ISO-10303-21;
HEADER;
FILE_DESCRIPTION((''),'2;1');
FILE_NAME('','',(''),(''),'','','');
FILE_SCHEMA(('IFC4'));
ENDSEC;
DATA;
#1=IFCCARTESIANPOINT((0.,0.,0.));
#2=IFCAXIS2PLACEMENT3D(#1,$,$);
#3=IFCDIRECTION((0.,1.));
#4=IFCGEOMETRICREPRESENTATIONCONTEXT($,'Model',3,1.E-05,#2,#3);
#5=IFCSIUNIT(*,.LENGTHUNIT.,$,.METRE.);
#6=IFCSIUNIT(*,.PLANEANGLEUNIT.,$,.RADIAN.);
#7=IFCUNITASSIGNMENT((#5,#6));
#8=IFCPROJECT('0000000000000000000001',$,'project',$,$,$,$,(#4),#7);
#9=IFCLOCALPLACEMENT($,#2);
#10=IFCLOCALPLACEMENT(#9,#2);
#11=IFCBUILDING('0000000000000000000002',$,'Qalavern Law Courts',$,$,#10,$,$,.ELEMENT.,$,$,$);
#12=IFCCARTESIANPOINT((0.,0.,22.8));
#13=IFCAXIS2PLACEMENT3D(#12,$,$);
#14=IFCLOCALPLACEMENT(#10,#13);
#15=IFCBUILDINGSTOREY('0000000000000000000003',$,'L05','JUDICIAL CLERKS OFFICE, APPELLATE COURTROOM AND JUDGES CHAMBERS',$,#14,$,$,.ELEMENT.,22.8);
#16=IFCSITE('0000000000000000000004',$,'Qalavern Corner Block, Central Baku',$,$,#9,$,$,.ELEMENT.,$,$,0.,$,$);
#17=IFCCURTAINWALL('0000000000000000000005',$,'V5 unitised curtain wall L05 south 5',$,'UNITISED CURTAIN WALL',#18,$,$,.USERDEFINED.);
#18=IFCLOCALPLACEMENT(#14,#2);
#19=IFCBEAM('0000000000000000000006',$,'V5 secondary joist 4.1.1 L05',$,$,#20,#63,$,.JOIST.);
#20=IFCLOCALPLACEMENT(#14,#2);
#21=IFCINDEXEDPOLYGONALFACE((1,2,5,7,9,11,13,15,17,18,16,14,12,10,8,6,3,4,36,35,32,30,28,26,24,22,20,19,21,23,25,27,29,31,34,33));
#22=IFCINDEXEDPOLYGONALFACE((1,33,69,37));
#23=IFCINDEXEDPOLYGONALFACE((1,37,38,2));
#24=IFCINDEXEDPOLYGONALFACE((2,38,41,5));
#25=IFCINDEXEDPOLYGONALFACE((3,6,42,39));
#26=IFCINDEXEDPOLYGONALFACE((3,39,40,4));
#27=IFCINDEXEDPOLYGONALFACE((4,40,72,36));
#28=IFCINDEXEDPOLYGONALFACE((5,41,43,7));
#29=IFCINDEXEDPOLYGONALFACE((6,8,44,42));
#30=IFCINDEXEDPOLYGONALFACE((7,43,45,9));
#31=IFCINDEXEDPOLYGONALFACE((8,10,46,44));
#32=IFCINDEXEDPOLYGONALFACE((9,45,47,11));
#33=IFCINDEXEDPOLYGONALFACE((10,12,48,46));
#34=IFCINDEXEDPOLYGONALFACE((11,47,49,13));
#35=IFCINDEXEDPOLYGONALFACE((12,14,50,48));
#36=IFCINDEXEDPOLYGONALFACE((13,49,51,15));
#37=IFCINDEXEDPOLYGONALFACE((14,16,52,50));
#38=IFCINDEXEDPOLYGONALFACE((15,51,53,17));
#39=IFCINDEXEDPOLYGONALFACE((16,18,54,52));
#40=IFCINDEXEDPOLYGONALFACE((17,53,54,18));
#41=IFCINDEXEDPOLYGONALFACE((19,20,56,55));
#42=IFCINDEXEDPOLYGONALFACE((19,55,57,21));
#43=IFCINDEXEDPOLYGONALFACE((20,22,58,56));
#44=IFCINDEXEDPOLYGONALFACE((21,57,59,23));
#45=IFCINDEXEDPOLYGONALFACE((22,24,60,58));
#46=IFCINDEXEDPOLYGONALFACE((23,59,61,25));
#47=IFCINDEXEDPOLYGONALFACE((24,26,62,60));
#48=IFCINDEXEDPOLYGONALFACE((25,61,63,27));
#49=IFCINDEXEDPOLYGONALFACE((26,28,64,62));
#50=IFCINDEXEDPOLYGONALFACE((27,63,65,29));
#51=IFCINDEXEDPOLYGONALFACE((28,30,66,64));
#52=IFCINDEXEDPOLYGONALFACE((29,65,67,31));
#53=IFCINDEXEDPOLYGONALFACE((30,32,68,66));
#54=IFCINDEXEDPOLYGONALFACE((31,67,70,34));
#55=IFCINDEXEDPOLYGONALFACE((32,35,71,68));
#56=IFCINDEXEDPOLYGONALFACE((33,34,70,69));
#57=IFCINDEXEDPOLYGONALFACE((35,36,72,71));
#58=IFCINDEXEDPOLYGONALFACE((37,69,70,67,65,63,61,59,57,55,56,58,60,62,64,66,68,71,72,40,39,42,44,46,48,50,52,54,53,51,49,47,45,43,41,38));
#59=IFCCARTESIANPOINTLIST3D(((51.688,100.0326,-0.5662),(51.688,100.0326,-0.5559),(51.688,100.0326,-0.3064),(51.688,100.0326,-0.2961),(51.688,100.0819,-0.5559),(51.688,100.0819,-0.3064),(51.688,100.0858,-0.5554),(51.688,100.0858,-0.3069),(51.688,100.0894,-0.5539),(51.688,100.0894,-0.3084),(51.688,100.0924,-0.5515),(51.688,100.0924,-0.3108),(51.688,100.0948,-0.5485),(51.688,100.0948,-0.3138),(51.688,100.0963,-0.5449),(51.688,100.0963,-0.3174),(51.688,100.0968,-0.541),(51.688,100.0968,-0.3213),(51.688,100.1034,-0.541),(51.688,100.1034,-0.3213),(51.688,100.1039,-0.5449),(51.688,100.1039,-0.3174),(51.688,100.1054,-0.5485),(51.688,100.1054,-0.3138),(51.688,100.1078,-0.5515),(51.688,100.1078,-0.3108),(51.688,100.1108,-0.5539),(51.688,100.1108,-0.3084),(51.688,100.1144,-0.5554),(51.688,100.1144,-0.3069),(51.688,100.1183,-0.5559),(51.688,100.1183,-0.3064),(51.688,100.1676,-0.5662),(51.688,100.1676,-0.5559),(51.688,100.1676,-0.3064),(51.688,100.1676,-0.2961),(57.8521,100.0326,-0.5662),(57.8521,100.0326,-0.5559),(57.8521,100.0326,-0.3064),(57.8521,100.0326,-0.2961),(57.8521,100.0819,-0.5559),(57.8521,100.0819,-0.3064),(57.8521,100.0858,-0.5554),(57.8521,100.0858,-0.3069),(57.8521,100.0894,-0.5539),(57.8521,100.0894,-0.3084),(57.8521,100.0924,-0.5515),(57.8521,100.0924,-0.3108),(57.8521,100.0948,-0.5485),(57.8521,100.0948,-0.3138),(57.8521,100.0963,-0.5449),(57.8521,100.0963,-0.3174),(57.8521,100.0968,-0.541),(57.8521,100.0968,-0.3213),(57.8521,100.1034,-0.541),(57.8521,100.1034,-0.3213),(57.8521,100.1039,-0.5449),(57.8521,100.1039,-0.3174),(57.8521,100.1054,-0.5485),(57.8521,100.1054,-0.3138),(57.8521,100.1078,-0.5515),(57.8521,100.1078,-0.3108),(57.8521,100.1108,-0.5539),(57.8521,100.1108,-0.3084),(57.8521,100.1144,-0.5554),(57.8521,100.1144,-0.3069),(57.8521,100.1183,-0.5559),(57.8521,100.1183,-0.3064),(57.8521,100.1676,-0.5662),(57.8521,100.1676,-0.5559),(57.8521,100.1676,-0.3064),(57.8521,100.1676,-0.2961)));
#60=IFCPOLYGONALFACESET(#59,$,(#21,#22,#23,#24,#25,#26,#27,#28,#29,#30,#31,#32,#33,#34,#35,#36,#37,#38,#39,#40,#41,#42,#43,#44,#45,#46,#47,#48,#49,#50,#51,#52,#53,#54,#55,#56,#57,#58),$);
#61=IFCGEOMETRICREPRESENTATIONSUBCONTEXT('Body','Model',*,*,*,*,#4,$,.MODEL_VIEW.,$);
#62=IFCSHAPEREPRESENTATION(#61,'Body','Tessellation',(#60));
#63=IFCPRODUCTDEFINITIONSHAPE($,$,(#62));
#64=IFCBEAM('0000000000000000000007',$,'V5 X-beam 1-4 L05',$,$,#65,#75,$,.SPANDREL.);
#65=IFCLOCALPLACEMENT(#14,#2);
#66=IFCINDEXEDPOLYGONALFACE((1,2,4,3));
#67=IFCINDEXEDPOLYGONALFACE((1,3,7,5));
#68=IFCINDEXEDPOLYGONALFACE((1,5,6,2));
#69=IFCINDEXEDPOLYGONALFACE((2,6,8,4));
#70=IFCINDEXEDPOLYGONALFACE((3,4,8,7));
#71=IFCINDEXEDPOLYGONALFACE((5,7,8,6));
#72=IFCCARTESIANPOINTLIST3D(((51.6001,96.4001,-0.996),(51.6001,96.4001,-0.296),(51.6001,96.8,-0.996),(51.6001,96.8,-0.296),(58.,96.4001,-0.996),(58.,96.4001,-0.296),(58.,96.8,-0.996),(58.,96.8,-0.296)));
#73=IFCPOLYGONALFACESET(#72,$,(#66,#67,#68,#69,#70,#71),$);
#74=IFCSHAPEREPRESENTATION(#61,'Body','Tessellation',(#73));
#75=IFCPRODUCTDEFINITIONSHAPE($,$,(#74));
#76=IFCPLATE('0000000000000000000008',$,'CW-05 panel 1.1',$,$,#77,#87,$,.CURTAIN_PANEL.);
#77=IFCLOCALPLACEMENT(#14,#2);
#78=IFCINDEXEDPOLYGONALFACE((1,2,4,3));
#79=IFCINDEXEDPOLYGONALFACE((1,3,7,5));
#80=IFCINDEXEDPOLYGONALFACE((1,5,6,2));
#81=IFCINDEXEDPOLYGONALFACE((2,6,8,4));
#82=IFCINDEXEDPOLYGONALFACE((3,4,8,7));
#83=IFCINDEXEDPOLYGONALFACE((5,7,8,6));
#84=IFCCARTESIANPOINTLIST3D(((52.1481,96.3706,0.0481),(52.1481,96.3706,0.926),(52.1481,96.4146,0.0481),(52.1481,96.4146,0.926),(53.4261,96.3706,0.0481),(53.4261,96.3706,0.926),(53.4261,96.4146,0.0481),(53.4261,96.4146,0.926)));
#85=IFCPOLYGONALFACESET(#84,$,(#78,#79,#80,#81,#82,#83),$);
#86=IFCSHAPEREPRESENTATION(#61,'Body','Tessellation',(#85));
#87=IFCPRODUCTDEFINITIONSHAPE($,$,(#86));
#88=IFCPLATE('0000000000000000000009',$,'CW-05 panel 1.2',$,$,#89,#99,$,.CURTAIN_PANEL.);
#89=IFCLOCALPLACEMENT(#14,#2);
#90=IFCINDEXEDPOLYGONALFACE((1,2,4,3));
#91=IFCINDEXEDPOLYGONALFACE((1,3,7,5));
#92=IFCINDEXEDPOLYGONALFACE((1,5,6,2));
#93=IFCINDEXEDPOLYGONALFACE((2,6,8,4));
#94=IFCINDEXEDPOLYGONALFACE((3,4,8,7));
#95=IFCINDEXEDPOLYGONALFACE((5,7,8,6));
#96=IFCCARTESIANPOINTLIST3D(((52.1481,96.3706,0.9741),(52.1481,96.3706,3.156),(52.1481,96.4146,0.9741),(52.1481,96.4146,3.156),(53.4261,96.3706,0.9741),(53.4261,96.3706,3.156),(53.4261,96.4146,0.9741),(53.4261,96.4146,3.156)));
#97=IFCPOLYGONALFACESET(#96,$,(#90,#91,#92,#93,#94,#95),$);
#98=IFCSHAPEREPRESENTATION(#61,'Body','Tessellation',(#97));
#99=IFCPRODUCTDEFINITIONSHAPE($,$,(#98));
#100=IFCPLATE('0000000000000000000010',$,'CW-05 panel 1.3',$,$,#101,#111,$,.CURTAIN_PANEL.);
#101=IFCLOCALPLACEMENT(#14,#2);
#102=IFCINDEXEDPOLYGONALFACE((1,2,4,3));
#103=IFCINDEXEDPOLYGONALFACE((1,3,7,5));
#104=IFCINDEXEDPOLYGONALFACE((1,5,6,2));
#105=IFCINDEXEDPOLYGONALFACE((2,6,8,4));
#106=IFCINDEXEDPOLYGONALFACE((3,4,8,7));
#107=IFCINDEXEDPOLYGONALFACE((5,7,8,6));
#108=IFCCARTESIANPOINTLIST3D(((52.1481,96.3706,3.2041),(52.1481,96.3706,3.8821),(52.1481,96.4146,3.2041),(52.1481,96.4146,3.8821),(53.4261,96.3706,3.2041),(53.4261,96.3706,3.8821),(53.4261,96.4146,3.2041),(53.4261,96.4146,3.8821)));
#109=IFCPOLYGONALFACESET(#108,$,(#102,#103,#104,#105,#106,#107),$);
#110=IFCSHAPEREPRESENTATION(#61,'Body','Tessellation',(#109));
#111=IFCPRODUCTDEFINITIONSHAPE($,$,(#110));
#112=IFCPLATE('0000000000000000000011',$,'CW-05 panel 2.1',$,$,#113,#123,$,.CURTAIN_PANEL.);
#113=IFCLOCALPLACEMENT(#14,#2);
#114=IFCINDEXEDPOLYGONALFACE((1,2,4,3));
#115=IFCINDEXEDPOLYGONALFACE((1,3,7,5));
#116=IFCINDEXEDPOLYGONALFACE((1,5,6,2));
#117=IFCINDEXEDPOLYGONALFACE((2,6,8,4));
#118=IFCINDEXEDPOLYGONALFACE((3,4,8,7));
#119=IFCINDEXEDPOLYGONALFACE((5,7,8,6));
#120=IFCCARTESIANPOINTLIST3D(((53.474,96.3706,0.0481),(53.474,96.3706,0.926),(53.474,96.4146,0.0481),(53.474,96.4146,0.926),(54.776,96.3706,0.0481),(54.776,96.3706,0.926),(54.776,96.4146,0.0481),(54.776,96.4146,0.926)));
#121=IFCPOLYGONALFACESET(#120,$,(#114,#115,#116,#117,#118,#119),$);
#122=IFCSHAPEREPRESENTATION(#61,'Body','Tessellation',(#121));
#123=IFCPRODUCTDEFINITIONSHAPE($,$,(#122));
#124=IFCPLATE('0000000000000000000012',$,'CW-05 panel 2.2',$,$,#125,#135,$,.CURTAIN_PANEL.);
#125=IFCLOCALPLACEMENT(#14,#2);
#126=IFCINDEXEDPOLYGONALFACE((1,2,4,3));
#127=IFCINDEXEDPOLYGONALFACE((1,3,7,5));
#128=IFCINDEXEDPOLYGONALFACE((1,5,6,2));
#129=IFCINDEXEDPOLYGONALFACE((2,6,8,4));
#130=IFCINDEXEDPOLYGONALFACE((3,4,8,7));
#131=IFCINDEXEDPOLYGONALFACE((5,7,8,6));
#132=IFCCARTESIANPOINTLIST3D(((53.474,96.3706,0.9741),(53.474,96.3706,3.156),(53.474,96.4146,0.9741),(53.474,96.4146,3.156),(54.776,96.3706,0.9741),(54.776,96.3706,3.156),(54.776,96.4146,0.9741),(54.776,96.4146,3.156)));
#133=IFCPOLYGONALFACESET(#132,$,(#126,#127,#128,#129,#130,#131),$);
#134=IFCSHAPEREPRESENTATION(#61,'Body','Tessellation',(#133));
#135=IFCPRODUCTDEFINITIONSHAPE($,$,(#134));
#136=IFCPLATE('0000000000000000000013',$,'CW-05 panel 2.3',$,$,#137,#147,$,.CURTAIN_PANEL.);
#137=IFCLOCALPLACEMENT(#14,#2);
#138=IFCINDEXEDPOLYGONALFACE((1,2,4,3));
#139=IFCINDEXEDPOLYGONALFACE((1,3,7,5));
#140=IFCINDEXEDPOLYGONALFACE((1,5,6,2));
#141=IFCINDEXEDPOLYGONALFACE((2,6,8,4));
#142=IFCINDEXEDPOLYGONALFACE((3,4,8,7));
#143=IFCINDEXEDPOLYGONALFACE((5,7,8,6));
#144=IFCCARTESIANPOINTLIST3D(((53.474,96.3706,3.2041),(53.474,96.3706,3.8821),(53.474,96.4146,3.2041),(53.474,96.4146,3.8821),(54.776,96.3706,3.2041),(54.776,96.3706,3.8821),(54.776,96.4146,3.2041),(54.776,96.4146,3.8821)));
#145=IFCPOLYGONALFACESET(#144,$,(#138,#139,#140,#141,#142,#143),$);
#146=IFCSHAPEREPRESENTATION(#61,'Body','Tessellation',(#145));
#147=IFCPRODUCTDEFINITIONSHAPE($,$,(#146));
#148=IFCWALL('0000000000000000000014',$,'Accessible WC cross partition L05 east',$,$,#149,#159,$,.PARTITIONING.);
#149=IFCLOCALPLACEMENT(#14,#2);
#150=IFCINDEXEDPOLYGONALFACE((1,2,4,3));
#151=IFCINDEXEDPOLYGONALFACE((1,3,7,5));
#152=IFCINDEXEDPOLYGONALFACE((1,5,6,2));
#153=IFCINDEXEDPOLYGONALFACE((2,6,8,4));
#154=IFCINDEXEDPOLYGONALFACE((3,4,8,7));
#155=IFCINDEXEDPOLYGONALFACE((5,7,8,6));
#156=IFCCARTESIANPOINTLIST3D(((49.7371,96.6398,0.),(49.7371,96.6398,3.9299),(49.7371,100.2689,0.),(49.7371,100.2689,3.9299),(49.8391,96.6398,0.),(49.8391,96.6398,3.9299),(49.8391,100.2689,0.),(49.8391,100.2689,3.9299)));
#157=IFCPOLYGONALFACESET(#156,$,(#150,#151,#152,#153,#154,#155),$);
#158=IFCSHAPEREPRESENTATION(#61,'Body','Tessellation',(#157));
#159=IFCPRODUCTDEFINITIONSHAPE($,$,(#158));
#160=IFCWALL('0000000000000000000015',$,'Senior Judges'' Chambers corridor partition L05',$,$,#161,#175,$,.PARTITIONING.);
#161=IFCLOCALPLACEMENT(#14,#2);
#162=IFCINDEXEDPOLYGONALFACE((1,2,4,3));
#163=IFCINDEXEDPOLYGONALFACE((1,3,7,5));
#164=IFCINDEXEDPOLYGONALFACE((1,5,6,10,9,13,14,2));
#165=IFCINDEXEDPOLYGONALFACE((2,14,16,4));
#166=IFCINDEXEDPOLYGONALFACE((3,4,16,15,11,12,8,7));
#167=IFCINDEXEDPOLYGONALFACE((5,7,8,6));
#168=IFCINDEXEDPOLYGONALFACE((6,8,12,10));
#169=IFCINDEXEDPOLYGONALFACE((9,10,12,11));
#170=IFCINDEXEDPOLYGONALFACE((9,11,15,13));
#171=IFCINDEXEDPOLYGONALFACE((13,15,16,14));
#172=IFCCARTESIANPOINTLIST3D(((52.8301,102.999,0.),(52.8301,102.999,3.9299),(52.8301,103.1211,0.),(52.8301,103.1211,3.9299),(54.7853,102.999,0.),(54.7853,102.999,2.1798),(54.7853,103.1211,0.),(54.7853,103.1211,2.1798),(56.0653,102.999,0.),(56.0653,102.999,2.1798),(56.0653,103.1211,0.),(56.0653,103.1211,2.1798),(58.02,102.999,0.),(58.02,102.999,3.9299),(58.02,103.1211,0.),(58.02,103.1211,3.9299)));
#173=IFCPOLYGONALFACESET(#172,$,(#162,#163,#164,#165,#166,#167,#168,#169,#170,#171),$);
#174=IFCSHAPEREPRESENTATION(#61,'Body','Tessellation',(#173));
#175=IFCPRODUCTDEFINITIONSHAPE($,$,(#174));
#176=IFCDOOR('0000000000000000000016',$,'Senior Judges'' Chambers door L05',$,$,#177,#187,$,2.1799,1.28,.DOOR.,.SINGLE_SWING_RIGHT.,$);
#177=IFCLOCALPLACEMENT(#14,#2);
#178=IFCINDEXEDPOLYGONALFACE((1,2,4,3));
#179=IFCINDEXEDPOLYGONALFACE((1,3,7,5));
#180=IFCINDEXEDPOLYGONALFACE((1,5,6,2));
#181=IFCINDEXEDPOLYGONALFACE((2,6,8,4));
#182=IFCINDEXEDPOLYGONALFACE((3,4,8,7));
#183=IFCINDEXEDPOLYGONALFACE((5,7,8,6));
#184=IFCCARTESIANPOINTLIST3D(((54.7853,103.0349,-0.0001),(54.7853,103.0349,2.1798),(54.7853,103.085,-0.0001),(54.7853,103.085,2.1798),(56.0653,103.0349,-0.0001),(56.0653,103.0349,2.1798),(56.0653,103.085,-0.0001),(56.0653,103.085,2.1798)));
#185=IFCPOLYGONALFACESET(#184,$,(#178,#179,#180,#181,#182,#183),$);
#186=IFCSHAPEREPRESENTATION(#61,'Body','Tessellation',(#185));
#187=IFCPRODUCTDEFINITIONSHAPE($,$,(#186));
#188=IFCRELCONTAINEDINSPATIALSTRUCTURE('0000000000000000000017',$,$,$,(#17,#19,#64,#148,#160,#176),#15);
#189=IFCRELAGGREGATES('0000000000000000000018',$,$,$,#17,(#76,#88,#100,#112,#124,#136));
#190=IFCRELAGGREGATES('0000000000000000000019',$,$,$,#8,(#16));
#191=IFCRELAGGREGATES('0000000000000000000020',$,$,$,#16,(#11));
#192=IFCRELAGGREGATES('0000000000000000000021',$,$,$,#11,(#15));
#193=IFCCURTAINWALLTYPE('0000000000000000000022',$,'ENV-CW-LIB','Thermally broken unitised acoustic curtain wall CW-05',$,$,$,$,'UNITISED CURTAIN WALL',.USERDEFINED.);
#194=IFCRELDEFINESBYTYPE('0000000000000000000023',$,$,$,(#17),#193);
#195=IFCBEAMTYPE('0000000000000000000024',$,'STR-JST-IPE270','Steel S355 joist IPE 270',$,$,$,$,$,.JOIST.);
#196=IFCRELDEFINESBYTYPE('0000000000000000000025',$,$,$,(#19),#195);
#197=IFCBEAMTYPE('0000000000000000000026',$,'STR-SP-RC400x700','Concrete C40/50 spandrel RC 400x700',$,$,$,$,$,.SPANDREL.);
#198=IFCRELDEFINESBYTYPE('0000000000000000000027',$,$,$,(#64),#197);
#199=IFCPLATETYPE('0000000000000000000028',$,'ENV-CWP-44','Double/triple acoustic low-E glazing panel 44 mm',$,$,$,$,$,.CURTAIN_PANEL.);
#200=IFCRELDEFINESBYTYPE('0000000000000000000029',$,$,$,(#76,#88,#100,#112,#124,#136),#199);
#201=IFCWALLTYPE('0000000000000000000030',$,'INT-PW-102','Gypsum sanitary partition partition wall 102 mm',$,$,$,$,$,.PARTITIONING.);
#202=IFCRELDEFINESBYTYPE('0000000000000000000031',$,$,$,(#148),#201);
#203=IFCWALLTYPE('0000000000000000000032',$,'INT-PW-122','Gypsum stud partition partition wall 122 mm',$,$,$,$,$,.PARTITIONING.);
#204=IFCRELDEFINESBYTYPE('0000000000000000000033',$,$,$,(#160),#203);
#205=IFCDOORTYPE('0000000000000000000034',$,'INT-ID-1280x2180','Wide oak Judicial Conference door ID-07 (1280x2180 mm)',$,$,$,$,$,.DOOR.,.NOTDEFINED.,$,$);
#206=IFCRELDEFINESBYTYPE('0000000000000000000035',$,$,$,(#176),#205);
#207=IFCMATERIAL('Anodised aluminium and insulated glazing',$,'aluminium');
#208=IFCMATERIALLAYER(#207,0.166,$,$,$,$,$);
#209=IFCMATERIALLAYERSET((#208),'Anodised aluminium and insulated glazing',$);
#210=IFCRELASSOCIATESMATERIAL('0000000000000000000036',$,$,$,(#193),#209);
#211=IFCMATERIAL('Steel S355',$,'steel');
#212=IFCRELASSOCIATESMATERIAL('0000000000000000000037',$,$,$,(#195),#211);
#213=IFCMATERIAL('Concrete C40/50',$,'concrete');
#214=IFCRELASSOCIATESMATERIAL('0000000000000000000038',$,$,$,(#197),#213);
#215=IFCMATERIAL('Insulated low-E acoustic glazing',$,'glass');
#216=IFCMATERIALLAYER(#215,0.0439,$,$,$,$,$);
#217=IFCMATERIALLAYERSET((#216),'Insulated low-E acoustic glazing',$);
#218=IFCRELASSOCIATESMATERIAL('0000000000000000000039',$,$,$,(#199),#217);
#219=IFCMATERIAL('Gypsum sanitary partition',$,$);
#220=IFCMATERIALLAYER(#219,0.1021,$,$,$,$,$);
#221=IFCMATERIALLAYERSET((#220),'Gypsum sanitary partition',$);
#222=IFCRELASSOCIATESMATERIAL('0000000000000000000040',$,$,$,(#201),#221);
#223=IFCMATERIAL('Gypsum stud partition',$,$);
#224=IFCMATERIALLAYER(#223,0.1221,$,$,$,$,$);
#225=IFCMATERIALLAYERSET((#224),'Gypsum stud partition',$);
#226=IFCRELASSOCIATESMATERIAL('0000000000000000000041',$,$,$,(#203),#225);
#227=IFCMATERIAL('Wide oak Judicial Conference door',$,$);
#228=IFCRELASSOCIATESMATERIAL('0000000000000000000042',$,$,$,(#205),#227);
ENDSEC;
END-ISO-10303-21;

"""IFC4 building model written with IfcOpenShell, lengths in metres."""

from ifc_helpers import new_model, si_unit, direction, frame, frame_2d, origin, origin_2d, place, context, subcontext, project, spatial, rectangle, i_section, extrude, material, layer, layer_set, material_profile, profile_set, type_object, element, fill, aggregate, save


model = new_model("IFC4")

# Units and contexts
model_context = context("Model", 3, precision=1e-05, world=origin(), true_north=direction((0.0, 1.0)))
body_context = subcontext(model_context, "Body", "Model", "MODEL_VIEW")
ifc_project = project(units=[si_unit("LENGTHUNIT", "METRE"), si_unit("PLANEANGLEUNIT", "RADIAN")], contexts=[model_context])

# Site, building, storey
site_placement = place(None, origin())
site = spatial("IfcSite", under=ifc_project, at=site_placement, Name="Qalavern Corner Block, Central Baku", CompositionType="ELEMENT", RefElevation=0.0)
building_placement = place(site_placement, origin())
building = spatial("IfcBuilding", under=site, at=building_placement, Name="Qalavern Law Courts", CompositionType="ELEMENT")
storey_placement = place(building_placement, frame((0.0, 0.0, 22.8)))
storey = spatial("IfcBuildingStorey", under=building, at=storey_placement, Name="L05", Description="JUDICIAL CLERKS OFFICE, APPELLATE COURTROOM AND JUDGES CHAMBERS", CompositionType="ELEMENT", Elevation=22.8)

# Curtain wall
ifc_material_1 = material(Name="Anodised aluminium and insulated glazing", Category="aluminium")
ifc_layer_1 = layer(ifc_material_1, 0.166)
ifc_layer_set_1 = layer_set([ifc_layer_1], Name="Anodised aluminium and insulated glazing")
curtain_wall_type = type_object("IfcCurtainWallType", Name="ENV-CW-LIB", Description="Thermally broken unitised acoustic curtain wall CW-05", ElementType="UNITISED CURTAIN WALL", PredefinedType="USERDEFINED", material=ifc_layer_set_1)
curtain_wall_placement = place(storey_placement, origin())
curtain_wall = element("IfcCurtainWall", 1, at=curtain_wall_placement, inside=storey, type_object=curtain_wall_type, Name="V5 unitised curtain wall L05 south 5", ObjectType="UNITISED CURTAIN WALL", PredefinedType="USERDEFINED")

# Beams
ifc_material_2 = material(Name="Steel S355", Category="steel")
ifc_material_profile_1 = material_profile(ifc_material_2, i_section(OverallWidth=0.135, OverallDepth=0.27, WebThickness=0.0066, FlangeThickness=0.0103, FilletRadius=0.0149, at=origin_2d()), Name="IPE 270")
ifc_profile_set_1 = profile_set([ifc_material_profile_1], Name="Steel S355")
beam_type_1 = type_object("IfcBeamType", Name="STR-JST-IPE270", Description="Steel S355 joist IPE 270", PredefinedType="JOIST", material=ifc_profile_set_1)
beam_1_placement = place(storey_placement, frame((51.688, 100.1001, -0.4312), z_axis=(1.0, 0.0, 0.0), x_axis=(0.0, 1.0, 0.0)))
element("IfcBeam", 2, at=beam_1_placement, inside=storey, type_object=beam_type_1, Name="V5 secondary joist 4.1.1 L05", PredefinedType="JOIST", context=body_context, shape_type="SweptSolid", body=[
    extrude(i_section(OverallWidth=0.135, OverallDepth=0.27, WebThickness=0.0066, FlangeThickness=0.0103, FilletRadius=0.0149, at=origin_2d()), origin(), (0.0, 0.0, 1.0), 6.1641),
])
ifc_material_3 = material(Name="Concrete C40/50", Category="concrete")
ifc_material_profile_2 = material_profile(ifc_material_3, rectangle(XDim=0.3999, YDim=0.7, at=origin_2d()), Name="RC 400x700")
ifc_profile_set_2 = profile_set([ifc_material_profile_2], Name="Concrete C40/50")
beam_type_2 = type_object("IfcBeamType", Name="STR-SP-RC400x700", Description="Concrete C40/50 spandrel RC 400x700", PredefinedType="SPANDREL", material=ifc_profile_set_2)
beam_2_placement = place(storey_placement, frame((51.6001, 96.6001, -0.646), z_axis=(1.0, 0.0, 0.0), x_axis=(0.0, 1.0, 0.0)))
element("IfcBeam", 3, at=beam_2_placement, inside=storey, type_object=beam_type_2, Name="V5 X-beam 1-4 L05", PredefinedType="SPANDREL", context=body_context, shape_type="SweptSolid", body=[
    extrude(rectangle(XDim=0.3999, YDim=0.7, at=origin_2d()), origin(), (0.0, 0.0, 1.0), 6.3999),
])

# Plates
ifc_material_4 = material(Name="Insulated low-E acoustic glazing", Category="glass")
ifc_layer_2 = layer(ifc_material_4, 0.0439)
ifc_layer_set_2 = layer_set([ifc_layer_2], Name="Insulated low-E acoustic glazing")
plate_type = type_object("IfcPlateType", Name="ENV-CWP-44", Description="Double/triple acoustic low-E glazing panel 44 mm", PredefinedType="CURTAIN_PANEL", material=ifc_layer_set_2)
plate_1_placement = place(storey_placement, frame((52.7871, 96.3926, 0.0481), z_axis=(0.0, 0.0, 1.0), x_axis=(1.0, 0.0, 0.0)))
plate_1 = element("IfcPlate", 4, at=plate_1_placement, type_object=plate_type, Name="CW-05 panel 1.1", PredefinedType="CURTAIN_PANEL", context=body_context, shape_type="SweptSolid", body=[
    extrude(rectangle(XDim=1.2781, YDim=0.0439, at=origin_2d()), origin(), (0.0, 0.0, 1.0), 0.8779),
])
plate_2_placement = place(storey_placement, frame((52.7871, 96.3926, 0.9741), z_axis=(0.0, 0.0, 1.0), x_axis=(1.0, 0.0, 0.0)))
plate_2 = element("IfcPlate", 5, at=plate_2_placement, type_object=plate_type, Name="CW-05 panel 1.2", PredefinedType="CURTAIN_PANEL", context=body_context, shape_type="SweptSolid", body=[
    extrude(rectangle(XDim=1.2781, YDim=0.0439, at=origin_2d()), origin(), (0.0, 0.0, 1.0), 2.1819),
])
plate_3_placement = place(storey_placement, frame((52.7871, 96.3926, 3.2041), z_axis=(0.0, 0.0, 1.0), x_axis=(1.0, 0.0, 0.0)))
plate_3 = element("IfcPlate", 6, at=plate_3_placement, type_object=plate_type, Name="CW-05 panel 1.3", PredefinedType="CURTAIN_PANEL", context=body_context, shape_type="SweptSolid", body=[
    extrude(rectangle(XDim=1.2781, YDim=0.0439, at=origin_2d()), origin(), (0.0, 0.0, 1.0), 0.678),
])
plate_4_placement = place(storey_placement, frame((54.125, 96.3926, 0.0481), z_axis=(0.0, 0.0, 1.0), x_axis=(1.0, 0.0, 0.0)))
plate_4 = element("IfcPlate", 7, at=plate_4_placement, type_object=plate_type, Name="CW-05 panel 2.1", PredefinedType="CURTAIN_PANEL", context=body_context, shape_type="SweptSolid", body=[
    extrude(rectangle(XDim=1.302, YDim=0.0439, at=origin_2d()), origin(), (0.0, 0.0, 1.0), 0.8779),
])
plate_5_placement = place(storey_placement, frame((54.125, 96.3926, 0.9741), z_axis=(0.0, 0.0, 1.0), x_axis=(1.0, 0.0, 0.0)))
plate_5 = element("IfcPlate", 8, at=plate_5_placement, type_object=plate_type, Name="CW-05 panel 2.2", PredefinedType="CURTAIN_PANEL", context=body_context, shape_type="SweptSolid", body=[
    extrude(rectangle(XDim=1.302, YDim=0.0439, at=origin_2d()), origin(), (0.0, 0.0, 1.0), 2.1819),
])
plate_6_placement = place(storey_placement, frame((54.125, 96.3926, 3.2041), z_axis=(0.0, 0.0, 1.0), x_axis=(1.0, 0.0, 0.0)))
plate_6 = element("IfcPlate", 9, at=plate_6_placement, type_object=plate_type, Name="CW-05 panel 2.3", PredefinedType="CURTAIN_PANEL", context=body_context, shape_type="SweptSolid", body=[
    extrude(rectangle(XDim=1.302, YDim=0.0439, at=origin_2d()), origin(), (0.0, 0.0, 1.0), 0.678),
])
aggregate(curtain_wall, [plate_1, plate_2, plate_3, plate_4, plate_5, plate_6])

# Wall
ifc_material_5 = material(Name="Gypsum sanitary partition")
ifc_layer_3 = layer(ifc_material_5, 0.1021)
ifc_layer_set_3 = layer_set([ifc_layer_3], Name="Gypsum sanitary partition")
wall_type_1 = type_object("IfcWallType", Name="INT-PW-102", Description="Gypsum sanitary partition partition wall 102 mm", PredefinedType="PARTITIONING", material=ifc_layer_set_3)
wall_1_placement = place(storey_placement, frame((49.7881, 96.6399, 0.0), z_axis=(0.0, 0.0, 1.0), x_axis=(0.0, 1.0, 0.0)))
element("IfcWall", 10, at=wall_1_placement, inside=storey, type_object=wall_type_1, Name="Accessible WC cross partition L05 east", PredefinedType="PARTITIONING", context=body_context, shape_type="SweptSolid", body=[
    extrude(rectangle(XDim=3.6292, YDim=0.1021, at=frame_2d((1.8145, 0.0))), origin(), (0.0, 0.0, 1.0), 3.9299),
])

# Wall, opening, door
ifc_material_6 = material(Name="Gypsum stud partition")
ifc_layer_4 = layer(ifc_material_6, 0.1221)
ifc_layer_set_4 = layer_set([ifc_layer_4], Name="Gypsum stud partition")
wall_type_2 = type_object("IfcWallType", Name="INT-PW-122", Description="Gypsum stud partition partition wall 122 mm", PredefinedType="PARTITIONING", material=ifc_layer_set_4)
wall_2_placement = place(storey_placement, frame((52.8301, 103.0601, 0.0), z_axis=(0.0, 0.0, 1.0), x_axis=(1.0, 0.0, 0.0)))
wall_2 = element("IfcWall", 11, at=wall_2_placement, inside=storey, type_object=wall_type_2, Name="Senior Judges' Chambers corridor partition L05", PredefinedType="PARTITIONING", context=body_context, shape_type="SweptSolid", body=[
    extrude(rectangle(XDim=5.1899, YDim=0.1221, at=frame_2d((2.595, 0.0))), origin(), (0.0, 0.0, 1.0), 3.9299),
])
opening_1_placement = place(wall_2_placement, frame((1.9551, 0.0, 0.0)))
opening_1 = element("IfcOpeningElement", 12, at=opening_1_placement, cuts=wall_2, PredefinedType="OPENING", context=body_context, shape_type="SweptSolid", body=[
    extrude(rectangle(XDim=1.28, YDim=2.1799, at=frame_2d((0.6401, 1.0898))), frame((0.0, 0.0759, 0.0), z_axis=(0.0, -1.0, 0.0), x_axis=(1.0, 0.0, 0.0)), (0.0, 0.0, 1.0), 0.1519),
])
ifc_material_7 = material(Name="Wide oak Judicial Conference door")
door_type_1 = type_object("IfcDoorType", Name="INT-ID-1280x2180", Description="Wide oak Judicial Conference door ID-07 (1280x2180 mm)", OperationType="NOTDEFINED", PredefinedType="DOOR", material=ifc_material_7)
door_1_placement = place(opening_1_placement, origin())
door_1 = element("IfcDoor", 13, at=door_1_placement, inside=storey, type_object=door_type_1, Name="Senior Judges' Chambers door L05", OperationType="SINGLE_SWING_RIGHT", OverallHeight=2.1799, OverallWidth=1.28, PredefinedType="DOOR", context=body_context, shape_type="SweptSolid", body=[
    extrude(rectangle(XDim=1.28, YDim=2.1799, at=frame_2d((0.6401, 1.0898))), frame((0.0, 0.0249, 0.0), z_axis=(0.0, -1.0, 0.0), x_axis=(1.0, 0.0, 0.0)), (0.0, 0.0, 1.0), 0.05),
])
fill(opening_1, door_1)

save(model, "model.ifc")
